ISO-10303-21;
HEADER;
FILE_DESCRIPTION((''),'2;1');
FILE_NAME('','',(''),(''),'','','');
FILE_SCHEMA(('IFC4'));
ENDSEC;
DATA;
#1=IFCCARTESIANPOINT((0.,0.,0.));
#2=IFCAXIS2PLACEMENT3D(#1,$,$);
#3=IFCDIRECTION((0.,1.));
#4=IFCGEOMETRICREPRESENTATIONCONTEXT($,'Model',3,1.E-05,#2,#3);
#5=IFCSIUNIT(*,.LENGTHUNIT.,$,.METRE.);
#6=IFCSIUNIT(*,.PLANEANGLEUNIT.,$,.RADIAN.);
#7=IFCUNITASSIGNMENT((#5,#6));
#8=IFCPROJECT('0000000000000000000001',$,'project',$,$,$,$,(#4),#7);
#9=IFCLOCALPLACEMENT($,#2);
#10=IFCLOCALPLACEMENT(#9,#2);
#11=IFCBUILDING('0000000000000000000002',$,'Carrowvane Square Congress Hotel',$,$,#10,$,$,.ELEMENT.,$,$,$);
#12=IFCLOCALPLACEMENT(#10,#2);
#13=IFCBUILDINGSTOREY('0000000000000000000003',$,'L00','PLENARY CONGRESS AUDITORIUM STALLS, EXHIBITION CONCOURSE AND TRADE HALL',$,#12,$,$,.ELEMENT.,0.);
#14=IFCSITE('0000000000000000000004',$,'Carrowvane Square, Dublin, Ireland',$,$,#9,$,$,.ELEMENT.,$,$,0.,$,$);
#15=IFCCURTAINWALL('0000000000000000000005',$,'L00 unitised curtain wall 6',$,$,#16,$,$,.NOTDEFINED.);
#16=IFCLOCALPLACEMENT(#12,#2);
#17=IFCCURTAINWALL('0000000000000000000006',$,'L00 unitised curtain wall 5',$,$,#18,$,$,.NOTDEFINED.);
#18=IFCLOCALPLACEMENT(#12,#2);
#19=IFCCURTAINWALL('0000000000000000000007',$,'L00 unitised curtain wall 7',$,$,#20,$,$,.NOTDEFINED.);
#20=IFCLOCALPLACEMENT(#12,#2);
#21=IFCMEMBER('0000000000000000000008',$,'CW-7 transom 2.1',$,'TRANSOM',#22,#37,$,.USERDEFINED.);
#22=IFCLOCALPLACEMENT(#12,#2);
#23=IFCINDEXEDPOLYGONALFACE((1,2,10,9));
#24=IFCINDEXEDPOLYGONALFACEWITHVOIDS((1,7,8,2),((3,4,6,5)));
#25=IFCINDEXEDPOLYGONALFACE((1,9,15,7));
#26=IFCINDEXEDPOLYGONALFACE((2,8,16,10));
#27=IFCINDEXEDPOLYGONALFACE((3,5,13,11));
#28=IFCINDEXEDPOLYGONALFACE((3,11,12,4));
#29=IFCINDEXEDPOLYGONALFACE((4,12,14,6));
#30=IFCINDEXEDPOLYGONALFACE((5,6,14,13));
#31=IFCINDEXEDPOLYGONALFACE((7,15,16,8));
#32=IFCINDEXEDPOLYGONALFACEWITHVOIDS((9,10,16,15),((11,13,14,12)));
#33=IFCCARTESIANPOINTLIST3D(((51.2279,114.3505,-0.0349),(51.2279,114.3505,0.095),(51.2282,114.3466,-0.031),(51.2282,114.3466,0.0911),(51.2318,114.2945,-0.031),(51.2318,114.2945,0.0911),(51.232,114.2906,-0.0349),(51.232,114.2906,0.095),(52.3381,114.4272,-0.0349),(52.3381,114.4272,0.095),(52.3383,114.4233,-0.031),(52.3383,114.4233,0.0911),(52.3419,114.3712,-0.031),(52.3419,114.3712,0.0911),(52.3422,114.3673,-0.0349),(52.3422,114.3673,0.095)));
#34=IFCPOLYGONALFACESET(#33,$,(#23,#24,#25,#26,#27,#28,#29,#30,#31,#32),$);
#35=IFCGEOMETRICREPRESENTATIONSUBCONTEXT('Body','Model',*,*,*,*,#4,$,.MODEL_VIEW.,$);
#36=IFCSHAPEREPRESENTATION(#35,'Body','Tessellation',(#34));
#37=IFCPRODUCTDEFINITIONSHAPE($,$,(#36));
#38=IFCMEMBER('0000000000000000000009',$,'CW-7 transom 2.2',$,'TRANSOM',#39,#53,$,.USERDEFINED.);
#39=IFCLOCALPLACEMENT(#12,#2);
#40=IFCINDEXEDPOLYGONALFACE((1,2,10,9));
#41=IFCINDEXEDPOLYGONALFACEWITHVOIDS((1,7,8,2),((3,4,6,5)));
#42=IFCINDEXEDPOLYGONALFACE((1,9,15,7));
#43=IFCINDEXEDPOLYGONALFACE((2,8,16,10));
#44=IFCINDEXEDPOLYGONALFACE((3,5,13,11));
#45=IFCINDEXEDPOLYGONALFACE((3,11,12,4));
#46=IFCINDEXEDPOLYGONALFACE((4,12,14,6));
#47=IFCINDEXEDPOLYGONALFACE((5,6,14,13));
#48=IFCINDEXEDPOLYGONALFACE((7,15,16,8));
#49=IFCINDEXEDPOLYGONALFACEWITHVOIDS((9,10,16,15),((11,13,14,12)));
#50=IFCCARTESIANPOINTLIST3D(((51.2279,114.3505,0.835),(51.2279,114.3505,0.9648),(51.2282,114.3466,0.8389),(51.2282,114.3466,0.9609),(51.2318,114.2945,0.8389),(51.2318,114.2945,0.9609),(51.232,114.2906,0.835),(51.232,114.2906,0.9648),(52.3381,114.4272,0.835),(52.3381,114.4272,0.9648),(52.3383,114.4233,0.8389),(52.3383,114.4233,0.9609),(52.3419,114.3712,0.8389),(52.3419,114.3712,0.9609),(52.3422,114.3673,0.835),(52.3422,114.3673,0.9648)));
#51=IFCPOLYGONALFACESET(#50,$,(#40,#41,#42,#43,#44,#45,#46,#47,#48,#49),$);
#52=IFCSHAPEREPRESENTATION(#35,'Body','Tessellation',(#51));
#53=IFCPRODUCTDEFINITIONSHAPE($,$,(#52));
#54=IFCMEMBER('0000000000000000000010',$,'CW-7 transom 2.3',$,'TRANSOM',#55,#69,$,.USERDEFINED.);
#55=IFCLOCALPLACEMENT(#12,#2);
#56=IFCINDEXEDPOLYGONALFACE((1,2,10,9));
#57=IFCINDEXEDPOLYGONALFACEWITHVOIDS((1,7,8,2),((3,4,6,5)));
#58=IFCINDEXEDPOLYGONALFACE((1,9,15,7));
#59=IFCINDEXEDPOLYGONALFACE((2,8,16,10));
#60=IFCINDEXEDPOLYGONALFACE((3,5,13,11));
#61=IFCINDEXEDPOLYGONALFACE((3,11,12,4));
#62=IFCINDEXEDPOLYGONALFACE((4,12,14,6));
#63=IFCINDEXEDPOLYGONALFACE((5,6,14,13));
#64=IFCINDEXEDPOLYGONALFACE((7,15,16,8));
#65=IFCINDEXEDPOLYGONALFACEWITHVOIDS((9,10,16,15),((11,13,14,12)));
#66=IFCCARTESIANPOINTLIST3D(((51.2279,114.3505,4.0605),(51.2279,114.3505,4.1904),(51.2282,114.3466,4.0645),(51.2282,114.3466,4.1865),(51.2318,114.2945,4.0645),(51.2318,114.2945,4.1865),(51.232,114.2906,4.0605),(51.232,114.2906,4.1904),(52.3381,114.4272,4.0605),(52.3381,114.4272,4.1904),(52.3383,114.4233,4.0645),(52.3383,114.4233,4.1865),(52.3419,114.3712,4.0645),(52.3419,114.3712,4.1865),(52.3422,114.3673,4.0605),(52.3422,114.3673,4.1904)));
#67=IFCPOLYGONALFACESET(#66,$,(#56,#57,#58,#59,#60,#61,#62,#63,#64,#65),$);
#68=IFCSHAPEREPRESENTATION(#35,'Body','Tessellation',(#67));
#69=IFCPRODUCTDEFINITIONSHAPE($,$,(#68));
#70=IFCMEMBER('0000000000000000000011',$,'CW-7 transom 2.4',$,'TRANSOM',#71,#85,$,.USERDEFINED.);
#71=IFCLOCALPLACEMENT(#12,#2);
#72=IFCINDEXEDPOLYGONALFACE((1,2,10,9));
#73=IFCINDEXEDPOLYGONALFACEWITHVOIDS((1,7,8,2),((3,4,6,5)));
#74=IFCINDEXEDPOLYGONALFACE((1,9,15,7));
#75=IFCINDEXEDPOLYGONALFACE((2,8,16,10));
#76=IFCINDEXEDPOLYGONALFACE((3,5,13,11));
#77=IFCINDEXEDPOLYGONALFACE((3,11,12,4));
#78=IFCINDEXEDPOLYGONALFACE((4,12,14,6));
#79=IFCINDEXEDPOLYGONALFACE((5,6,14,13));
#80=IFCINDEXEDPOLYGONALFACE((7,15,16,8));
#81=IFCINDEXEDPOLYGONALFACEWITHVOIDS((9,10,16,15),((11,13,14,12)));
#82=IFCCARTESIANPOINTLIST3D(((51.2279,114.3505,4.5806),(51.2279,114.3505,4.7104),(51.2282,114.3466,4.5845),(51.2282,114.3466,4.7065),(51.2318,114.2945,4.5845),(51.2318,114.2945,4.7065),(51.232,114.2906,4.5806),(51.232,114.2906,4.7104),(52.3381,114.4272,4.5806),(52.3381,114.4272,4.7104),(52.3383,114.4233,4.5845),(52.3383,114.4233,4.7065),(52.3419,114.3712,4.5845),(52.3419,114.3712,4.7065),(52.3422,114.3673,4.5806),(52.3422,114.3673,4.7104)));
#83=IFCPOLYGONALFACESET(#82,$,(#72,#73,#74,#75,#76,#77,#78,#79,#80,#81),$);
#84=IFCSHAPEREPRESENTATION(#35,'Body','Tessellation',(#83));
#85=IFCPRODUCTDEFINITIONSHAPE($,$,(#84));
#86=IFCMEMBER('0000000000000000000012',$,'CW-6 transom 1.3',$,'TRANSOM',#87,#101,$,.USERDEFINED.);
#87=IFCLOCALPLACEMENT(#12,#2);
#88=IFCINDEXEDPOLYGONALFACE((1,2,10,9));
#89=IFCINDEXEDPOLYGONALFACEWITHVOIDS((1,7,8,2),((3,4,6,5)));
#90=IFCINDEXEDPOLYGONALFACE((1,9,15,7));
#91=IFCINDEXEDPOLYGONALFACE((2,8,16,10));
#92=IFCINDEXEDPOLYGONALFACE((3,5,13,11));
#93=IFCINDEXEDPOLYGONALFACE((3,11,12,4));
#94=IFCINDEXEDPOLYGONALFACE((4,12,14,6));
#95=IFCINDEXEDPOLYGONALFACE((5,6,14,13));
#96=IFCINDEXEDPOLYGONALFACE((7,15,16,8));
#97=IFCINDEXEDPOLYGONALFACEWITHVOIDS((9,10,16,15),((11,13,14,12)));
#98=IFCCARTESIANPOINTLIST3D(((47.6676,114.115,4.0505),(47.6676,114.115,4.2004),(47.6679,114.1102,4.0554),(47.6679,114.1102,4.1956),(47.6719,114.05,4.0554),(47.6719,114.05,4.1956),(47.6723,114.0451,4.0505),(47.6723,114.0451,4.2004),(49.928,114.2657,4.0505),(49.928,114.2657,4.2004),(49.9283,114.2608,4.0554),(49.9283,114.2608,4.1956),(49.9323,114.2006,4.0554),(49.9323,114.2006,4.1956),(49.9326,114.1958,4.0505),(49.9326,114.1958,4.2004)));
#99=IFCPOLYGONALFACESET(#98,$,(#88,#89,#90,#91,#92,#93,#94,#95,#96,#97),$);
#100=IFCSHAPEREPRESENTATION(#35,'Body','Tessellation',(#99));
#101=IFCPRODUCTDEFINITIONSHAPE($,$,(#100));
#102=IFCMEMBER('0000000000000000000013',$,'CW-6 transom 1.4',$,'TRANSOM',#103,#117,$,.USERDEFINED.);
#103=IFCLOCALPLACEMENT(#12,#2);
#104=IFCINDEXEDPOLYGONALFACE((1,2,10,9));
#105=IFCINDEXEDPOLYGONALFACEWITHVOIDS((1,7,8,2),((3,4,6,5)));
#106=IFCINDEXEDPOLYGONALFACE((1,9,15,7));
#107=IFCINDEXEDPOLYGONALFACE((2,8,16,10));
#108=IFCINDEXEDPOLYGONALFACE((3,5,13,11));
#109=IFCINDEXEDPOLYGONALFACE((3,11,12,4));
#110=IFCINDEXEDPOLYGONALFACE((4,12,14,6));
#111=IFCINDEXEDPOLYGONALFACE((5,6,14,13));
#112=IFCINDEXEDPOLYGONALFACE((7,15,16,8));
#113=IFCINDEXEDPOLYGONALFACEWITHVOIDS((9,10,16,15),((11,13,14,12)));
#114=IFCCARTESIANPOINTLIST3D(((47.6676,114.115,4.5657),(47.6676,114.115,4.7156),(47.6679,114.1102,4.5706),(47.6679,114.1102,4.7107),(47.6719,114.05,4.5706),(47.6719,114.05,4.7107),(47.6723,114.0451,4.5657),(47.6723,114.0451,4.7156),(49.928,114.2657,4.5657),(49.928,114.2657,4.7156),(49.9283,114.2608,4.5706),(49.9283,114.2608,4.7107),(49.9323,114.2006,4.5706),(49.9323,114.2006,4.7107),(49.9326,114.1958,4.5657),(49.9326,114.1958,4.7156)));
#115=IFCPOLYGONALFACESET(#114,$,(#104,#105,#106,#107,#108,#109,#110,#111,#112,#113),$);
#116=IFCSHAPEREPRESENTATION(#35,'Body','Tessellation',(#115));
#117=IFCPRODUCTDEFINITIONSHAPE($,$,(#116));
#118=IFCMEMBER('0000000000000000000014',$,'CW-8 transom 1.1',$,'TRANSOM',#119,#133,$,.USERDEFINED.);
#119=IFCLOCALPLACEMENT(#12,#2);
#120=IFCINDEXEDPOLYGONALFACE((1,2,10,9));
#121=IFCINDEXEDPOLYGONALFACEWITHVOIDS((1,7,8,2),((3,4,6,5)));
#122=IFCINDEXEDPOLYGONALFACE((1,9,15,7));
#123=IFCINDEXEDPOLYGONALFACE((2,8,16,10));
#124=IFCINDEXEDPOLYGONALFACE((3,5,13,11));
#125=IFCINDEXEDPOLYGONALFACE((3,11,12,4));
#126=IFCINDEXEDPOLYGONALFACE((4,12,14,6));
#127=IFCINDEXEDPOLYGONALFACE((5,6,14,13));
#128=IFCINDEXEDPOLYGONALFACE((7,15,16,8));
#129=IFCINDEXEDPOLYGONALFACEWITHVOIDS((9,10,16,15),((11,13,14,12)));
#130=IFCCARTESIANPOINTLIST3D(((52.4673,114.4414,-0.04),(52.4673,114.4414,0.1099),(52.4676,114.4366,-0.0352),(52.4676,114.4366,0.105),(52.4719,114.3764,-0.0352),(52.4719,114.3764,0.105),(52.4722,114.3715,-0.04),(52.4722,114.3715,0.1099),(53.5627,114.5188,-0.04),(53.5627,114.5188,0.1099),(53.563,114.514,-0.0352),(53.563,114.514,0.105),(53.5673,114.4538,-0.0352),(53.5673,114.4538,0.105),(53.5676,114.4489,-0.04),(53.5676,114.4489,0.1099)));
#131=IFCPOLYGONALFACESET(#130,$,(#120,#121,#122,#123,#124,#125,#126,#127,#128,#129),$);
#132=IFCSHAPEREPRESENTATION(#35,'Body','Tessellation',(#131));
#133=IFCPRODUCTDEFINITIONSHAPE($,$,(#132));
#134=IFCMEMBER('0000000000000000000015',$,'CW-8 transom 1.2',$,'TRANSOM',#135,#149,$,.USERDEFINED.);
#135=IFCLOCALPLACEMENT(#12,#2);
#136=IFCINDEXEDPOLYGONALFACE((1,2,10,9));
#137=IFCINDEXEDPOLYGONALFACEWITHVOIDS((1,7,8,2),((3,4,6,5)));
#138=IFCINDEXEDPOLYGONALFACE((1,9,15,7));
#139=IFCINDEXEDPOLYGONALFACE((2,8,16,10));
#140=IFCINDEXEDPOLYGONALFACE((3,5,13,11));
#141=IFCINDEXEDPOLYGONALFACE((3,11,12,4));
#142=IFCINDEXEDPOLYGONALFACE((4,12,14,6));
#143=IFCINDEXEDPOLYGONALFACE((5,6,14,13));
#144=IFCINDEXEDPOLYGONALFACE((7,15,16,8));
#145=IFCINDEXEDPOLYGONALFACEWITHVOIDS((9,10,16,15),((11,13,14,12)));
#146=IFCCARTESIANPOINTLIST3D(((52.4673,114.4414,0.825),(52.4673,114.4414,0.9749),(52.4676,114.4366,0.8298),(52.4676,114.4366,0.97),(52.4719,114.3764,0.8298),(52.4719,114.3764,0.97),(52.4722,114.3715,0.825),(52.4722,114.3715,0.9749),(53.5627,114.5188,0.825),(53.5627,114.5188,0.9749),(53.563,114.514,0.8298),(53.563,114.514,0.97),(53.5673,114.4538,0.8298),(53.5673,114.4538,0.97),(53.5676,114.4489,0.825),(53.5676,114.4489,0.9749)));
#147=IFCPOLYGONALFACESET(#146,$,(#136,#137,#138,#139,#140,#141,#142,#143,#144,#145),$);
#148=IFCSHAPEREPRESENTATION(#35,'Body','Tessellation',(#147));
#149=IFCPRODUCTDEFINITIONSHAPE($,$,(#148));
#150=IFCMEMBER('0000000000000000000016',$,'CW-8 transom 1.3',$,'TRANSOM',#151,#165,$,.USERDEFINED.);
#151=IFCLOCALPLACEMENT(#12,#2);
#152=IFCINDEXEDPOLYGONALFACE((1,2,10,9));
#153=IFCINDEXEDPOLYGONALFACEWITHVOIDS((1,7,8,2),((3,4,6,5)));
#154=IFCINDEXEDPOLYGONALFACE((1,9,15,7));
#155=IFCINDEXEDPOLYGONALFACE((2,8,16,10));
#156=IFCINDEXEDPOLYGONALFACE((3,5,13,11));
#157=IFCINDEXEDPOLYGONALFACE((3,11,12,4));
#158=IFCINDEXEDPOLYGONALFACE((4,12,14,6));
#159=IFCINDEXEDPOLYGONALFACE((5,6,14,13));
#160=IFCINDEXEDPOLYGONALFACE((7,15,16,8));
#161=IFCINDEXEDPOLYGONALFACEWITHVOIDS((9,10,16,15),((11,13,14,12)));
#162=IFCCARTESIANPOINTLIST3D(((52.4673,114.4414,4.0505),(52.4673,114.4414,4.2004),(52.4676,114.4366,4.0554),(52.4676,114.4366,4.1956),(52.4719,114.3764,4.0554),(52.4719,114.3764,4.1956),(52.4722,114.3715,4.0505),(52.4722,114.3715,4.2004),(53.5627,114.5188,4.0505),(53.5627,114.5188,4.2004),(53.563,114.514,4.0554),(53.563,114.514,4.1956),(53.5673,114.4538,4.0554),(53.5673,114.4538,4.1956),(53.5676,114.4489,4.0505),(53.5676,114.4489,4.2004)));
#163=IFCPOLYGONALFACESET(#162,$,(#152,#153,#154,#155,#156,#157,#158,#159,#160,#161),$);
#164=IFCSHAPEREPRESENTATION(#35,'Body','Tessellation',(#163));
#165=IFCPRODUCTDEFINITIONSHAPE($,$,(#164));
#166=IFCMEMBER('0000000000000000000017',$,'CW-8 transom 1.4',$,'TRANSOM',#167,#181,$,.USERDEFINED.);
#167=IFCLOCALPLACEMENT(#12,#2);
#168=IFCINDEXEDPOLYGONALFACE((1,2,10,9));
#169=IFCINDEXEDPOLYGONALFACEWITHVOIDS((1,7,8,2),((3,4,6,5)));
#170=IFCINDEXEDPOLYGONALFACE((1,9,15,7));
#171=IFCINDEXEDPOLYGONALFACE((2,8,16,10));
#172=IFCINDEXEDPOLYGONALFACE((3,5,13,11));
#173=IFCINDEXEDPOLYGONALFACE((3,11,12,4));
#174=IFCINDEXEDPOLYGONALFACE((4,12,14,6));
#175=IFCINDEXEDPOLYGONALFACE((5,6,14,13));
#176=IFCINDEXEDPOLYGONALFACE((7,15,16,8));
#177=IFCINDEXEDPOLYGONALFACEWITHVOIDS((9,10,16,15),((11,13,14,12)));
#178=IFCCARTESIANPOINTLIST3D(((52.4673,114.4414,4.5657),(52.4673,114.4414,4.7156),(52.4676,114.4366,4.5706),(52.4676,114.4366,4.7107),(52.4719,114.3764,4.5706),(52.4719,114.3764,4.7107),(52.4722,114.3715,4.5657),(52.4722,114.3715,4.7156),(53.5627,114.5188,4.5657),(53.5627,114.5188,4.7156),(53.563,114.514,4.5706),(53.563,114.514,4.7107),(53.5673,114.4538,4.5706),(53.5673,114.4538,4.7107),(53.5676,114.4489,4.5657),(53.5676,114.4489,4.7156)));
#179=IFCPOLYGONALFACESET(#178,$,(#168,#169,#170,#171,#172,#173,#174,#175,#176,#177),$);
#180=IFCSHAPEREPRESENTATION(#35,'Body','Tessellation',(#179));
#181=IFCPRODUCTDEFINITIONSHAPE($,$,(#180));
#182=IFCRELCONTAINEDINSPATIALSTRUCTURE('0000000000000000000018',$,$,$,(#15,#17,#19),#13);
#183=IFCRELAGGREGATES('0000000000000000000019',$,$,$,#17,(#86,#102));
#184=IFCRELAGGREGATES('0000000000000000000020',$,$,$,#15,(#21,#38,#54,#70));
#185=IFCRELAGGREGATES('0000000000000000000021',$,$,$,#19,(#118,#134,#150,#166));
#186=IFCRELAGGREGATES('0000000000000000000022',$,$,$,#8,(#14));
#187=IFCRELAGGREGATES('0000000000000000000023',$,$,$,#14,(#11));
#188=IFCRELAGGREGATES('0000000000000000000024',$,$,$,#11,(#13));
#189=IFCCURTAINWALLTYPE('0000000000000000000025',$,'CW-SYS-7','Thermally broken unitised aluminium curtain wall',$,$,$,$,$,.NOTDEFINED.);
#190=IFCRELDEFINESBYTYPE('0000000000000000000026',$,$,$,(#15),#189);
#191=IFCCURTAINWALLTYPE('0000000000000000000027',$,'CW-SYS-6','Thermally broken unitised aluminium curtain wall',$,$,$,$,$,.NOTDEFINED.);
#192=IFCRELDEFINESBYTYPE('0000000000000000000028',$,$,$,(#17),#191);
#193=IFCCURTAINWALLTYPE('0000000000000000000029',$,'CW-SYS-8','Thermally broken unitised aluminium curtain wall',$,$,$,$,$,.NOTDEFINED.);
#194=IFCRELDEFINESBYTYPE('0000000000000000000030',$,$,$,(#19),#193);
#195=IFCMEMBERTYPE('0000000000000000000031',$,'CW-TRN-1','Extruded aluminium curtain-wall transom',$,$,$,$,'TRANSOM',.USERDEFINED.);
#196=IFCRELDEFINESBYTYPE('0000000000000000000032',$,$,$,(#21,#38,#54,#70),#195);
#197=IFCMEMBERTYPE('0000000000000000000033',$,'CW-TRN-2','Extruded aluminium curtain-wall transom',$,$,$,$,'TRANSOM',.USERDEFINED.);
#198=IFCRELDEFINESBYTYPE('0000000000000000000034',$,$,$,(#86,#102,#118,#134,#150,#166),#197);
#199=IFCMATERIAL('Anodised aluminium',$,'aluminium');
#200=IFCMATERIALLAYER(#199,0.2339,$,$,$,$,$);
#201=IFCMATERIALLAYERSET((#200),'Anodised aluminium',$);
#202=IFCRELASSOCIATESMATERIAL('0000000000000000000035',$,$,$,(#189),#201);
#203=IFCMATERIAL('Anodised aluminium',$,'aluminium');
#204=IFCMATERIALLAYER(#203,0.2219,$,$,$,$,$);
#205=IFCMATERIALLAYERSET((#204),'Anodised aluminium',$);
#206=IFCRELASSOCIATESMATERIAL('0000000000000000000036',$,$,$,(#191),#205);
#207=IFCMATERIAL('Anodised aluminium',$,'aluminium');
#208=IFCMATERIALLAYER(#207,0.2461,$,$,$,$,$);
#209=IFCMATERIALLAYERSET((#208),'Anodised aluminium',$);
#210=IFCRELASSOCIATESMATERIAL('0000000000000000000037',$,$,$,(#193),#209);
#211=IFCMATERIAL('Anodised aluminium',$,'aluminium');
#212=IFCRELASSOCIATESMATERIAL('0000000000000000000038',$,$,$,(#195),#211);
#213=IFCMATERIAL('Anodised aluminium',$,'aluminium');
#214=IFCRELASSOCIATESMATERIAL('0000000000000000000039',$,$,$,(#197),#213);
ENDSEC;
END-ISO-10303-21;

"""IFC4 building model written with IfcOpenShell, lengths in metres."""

from ifc_helpers import new_model, si_unit, direction, frame, origin, origin_2d, place, context, subcontext, project, spatial, hollow_rectangle, extrude, material, layer, layer_set, material_profile, profile_set, type_object, element, aggregate, save


model = new_model("IFC4")

# Units and contexts
model_context = context("Model", 3, precision=1e-05, world=origin(), true_north=direction((0.0, 1.0)))
body_context = subcontext(model_context, "Body", "Model", "MODEL_VIEW")
ifc_project = project(units=[si_unit("LENGTHUNIT", "METRE"), si_unit("PLANEANGLEUNIT", "RADIAN")], contexts=[model_context])

# Site, building, storey
site_placement = place(None, origin())
site = spatial("IfcSite", under=ifc_project, at=site_placement, Name="Carrowvane Square, Dublin, Ireland", CompositionType="ELEMENT", RefElevation=0.0)
building_placement = place(site_placement, origin())
building = spatial("IfcBuilding", under=site, at=building_placement, Name="Carrowvane Square Congress Hotel", CompositionType="ELEMENT")
storey_placement = place(building_placement, origin())
storey = spatial("IfcBuildingStorey", under=building, at=storey_placement, Name="L00", Description="PLENARY CONGRESS AUDITORIUM STALLS, EXHIBITION CONCOURSE AND TRADE HALL", CompositionType="ELEMENT", Elevation=0.0)

# Curtain wall
ifc_material_1 = material(Name="Anodised aluminium", Category="aluminium")
ifc_layer_1 = layer(ifc_material_1, 0.2339)
ifc_layer_set_1 = layer_set([ifc_layer_1], Name="Anodised aluminium")
curtain_wall_type_1 = type_object("IfcCurtainWallType", Name="CW-SYS-7", Description="Thermally broken unitised aluminium curtain wall", PredefinedType="NOTDEFINED", material=ifc_layer_set_1)
curtain_wall_1_placement = place(storey_placement, origin())
curtain_wall_1 = element("IfcCurtainWall", 1, at=curtain_wall_1_placement, inside=storey, type_object=curtain_wall_type_1, Name="L00 unitised curtain wall 6", PredefinedType="NOTDEFINED")

# Curtain wall
ifc_material_2 = material(Name="Anodised aluminium", Category="aluminium")
ifc_layer_2 = layer(ifc_material_2, 0.2219)
ifc_layer_set_2 = layer_set([ifc_layer_2], Name="Anodised aluminium")
curtain_wall_type_2 = type_object("IfcCurtainWallType", Name="CW-SYS-6", Description="Thermally broken unitised aluminium curtain wall", PredefinedType="NOTDEFINED", material=ifc_layer_set_2)
curtain_wall_2_placement = place(storey_placement, origin())
curtain_wall_2 = element("IfcCurtainWall", 2, at=curtain_wall_2_placement, inside=storey, type_object=curtain_wall_type_2, Name="L00 unitised curtain wall 5", PredefinedType="NOTDEFINED")

# Curtain wall
ifc_material_3 = material(Name="Anodised aluminium", Category="aluminium")
ifc_layer_3 = layer(ifc_material_3, 0.2461)
ifc_layer_set_3 = layer_set([ifc_layer_3], Name="Anodised aluminium")
curtain_wall_type_3 = type_object("IfcCurtainWallType", Name="CW-SYS-8", Description="Thermally broken unitised aluminium curtain wall", PredefinedType="NOTDEFINED", material=ifc_layer_set_3)
curtain_wall_3_placement = place(storey_placement, origin())
curtain_wall_3 = element("IfcCurtainWall", 3, at=curtain_wall_3_placement, inside=storey, type_object=curtain_wall_type_3, Name="L00 unitised curtain wall 7", PredefinedType="NOTDEFINED")

# Members
ifc_material_4 = material(Name="Anodised aluminium", Category="aluminium")
ifc_material_profile_1 = material_profile(ifc_material_4, hollow_rectangle(XDim=0.0601, YDim=0.1299, WallThickness=0.0039, at=origin_2d()), Name="CW-TR 60x130x4")
ifc_profile_set_1 = profile_set([ifc_material_profile_1], Name="Anodised aluminium")
member_type_1 = type_object("IfcMemberType", Name="CW-TRN-1", Description="Extruded aluminium curtain-wall transom", ElementType="TRANSOM", PredefinedType="USERDEFINED", material=ifc_profile_set_1)
member_1_placement = place(storey_placement, frame((51.23, 114.3206, 0.03), z_axis=(0.997624, 0.068892, 0.0), x_axis=(-0.068892, 0.997624, 0.0)))
member_1 = element("IfcMember", 4, at=member_1_placement, type_object=member_type_1, Name="CW-7 transom 2.1", ObjectType="TRANSOM", PredefinedType="USERDEFINED", context=body_context, shape_type="SweptSolid", body=[
    extrude(hollow_rectangle(XDim=0.0601, YDim=0.1299, WallThickness=0.0039, at=origin_2d()), origin(), (0.0, 0.0, 1.0), 1.1128),
])
member_2_placement = place(storey_placement, frame((51.23, 114.3206, 0.8999), z_axis=(0.997624, 0.068892, 0.0), x_axis=(-0.068892, 0.997624, 0.0)))
member_2 = element("IfcMember", 5, at=member_2_placement, type_object=member_type_1, Name="CW-7 transom 2.2", ObjectType="TRANSOM", PredefinedType="USERDEFINED", context=body_context, shape_type="SweptSolid", body=[
    extrude(hollow_rectangle(XDim=0.0601, YDim=0.1299, WallThickness=0.0039, at=origin_2d()), origin(), (0.0, 0.0, 1.0), 1.1128),
])
member_3_placement = place(storey_placement, frame((51.23, 114.3206, 4.1255), z_axis=(0.997624, 0.068892, 0.0), x_axis=(-0.068892, 0.997624, 0.0)))
member_3 = element("IfcMember", 6, at=member_3_placement, type_object=member_type_1, Name="CW-7 transom 2.3", ObjectType="TRANSOM", PredefinedType="USERDEFINED", context=body_context, shape_type="SweptSolid", body=[
    extrude(hollow_rectangle(XDim=0.0601, YDim=0.1299, WallThickness=0.0039, at=origin_2d()), origin(), (0.0, 0.0, 1.0), 1.1128),
])
member_4_placement = place(storey_placement, frame((51.23, 114.3206, 4.6455), z_axis=(0.997624, 0.068892, 0.0), x_axis=(-0.068892, 0.997624, 0.0)))
member_4 = element("IfcMember", 7, at=member_4_placement, type_object=member_type_1, Name="CW-7 transom 2.4", ObjectType="TRANSOM", PredefinedType="USERDEFINED", context=body_context, shape_type="SweptSolid", body=[
    extrude(hollow_rectangle(XDim=0.0601, YDim=0.1299, WallThickness=0.0039, at=origin_2d()), origin(), (0.0, 0.0, 1.0), 1.1128),
])
ifc_material_5 = material(Name="Anodised aluminium", Category="aluminium")
ifc_material_profile_2 = material_profile(ifc_material_5, hollow_rectangle(XDim=0.0701, YDim=0.1499, WallThickness=0.0049, at=origin_2d()), Name="CW-TR 70x150x5")
ifc_profile_set_2 = profile_set([ifc_material_profile_2], Name="Anodised aluminium")
member_type_2 = type_object("IfcMemberType", Name="CW-TRN-2", Description="Extruded aluminium curtain-wall transom", ElementType="TRANSOM", PredefinedType="USERDEFINED", material=ifc_profile_set_2)
member_5_placement = place(storey_placement, frame((47.6699, 114.0801, 4.1255), z_axis=(0.997787, 0.066498, 0.0), x_axis=(-0.066498, 0.997787, 0.0)))
member_5 = element("IfcMember", 8, at=member_5_placement, type_object=member_type_2, Name="CW-6 transom 1.3", ObjectType="TRANSOM", PredefinedType="USERDEFINED", context=body_context, shape_type="SweptSolid", body=[
    extrude(hollow_rectangle(XDim=0.0701, YDim=0.1499, WallThickness=0.0049, at=origin_2d()), origin(), (0.0, 0.0, 1.0), 2.2654),
])
member_6_placement = place(storey_placement, frame((47.6699, 114.0801, 4.6406), z_axis=(0.997787, 0.066498, 0.0), x_axis=(-0.066498, 0.997787, 0.0)))
member_6 = element("IfcMember", 9, at=member_6_placement, type_object=member_type_2, Name="CW-6 transom 1.4", ObjectType="TRANSOM", PredefinedType="USERDEFINED", context=body_context, shape_type="SweptSolid", body=[
    extrude(hollow_rectangle(XDim=0.0701, YDim=0.1499, WallThickness=0.0049, at=origin_2d()), origin(), (0.0, 0.0, 1.0), 2.2654),
])
member_7_placement = place(storey_placement, frame((52.4697, 114.4065, 0.0349), z_axis=(0.997514, 0.070473, 0.0), x_axis=(-0.070473, 0.997514, 0.0)))
member_7 = element("IfcMember", 10, at=member_7_placement, type_object=member_type_2, Name="CW-8 transom 1.1", ObjectType="TRANSOM", PredefinedType="USERDEFINED", context=body_context, shape_type="SweptSolid", body=[
    extrude(hollow_rectangle(XDim=0.0701, YDim=0.1499, WallThickness=0.0049, at=origin_2d()), origin(), (0.0, 0.0, 1.0), 1.0981),
])
member_8_placement = place(storey_placement, frame((52.4697, 114.4065, 0.8999), z_axis=(0.997514, 0.070473, 0.0), x_axis=(-0.070473, 0.997514, 0.0)))
member_8 = element("IfcMember", 11, at=member_8_placement, type_object=member_type_2, Name="CW-8 transom 1.2", ObjectType="TRANSOM", PredefinedType="USERDEFINED", context=body_context, shape_type="SweptSolid", body=[
    extrude(hollow_rectangle(XDim=0.0701, YDim=0.1499, WallThickness=0.0049, at=origin_2d()), origin(), (0.0, 0.0, 1.0), 1.0981),
])
member_9_placement = place(storey_placement, frame((52.4697, 114.4065, 4.1255), z_axis=(0.997514, 0.070473, 0.0), x_axis=(-0.070473, 0.997514, 0.0)))
member_9 = element("IfcMember", 12, at=member_9_placement, type_object=member_type_2, Name="CW-8 transom 1.3", ObjectType="TRANSOM", PredefinedType="USERDEFINED", context=body_context, shape_type="SweptSolid", body=[
    extrude(hollow_rectangle(XDim=0.0701, YDim=0.1499, WallThickness=0.0049, at=origin_2d()), origin(), (0.0, 0.0, 1.0), 1.0981),
])
member_10_placement = place(storey_placement, frame((52.4697, 114.4065, 4.6406), z_axis=(0.997514, 0.070473, 0.0), x_axis=(-0.070473, 0.997514, 0.0)))
member_10 = element("IfcMember", 13, at=member_10_placement, type_object=member_type_2, Name="CW-8 transom 1.4", ObjectType="TRANSOM", PredefinedType="USERDEFINED", context=body_context, shape_type="SweptSolid", body=[
    extrude(hollow_rectangle(XDim=0.0701, YDim=0.1499, WallThickness=0.0049, at=origin_2d()), origin(), (0.0, 0.0, 1.0), 1.0981),
])

aggregate(curtain_wall_2, [member_5, member_6])
aggregate(curtain_wall_1, [member_1, member_2, member_3, member_4])
aggregate(curtain_wall_3, [member_7, member_8, member_9, member_10])

save(model, "model.ifc")
